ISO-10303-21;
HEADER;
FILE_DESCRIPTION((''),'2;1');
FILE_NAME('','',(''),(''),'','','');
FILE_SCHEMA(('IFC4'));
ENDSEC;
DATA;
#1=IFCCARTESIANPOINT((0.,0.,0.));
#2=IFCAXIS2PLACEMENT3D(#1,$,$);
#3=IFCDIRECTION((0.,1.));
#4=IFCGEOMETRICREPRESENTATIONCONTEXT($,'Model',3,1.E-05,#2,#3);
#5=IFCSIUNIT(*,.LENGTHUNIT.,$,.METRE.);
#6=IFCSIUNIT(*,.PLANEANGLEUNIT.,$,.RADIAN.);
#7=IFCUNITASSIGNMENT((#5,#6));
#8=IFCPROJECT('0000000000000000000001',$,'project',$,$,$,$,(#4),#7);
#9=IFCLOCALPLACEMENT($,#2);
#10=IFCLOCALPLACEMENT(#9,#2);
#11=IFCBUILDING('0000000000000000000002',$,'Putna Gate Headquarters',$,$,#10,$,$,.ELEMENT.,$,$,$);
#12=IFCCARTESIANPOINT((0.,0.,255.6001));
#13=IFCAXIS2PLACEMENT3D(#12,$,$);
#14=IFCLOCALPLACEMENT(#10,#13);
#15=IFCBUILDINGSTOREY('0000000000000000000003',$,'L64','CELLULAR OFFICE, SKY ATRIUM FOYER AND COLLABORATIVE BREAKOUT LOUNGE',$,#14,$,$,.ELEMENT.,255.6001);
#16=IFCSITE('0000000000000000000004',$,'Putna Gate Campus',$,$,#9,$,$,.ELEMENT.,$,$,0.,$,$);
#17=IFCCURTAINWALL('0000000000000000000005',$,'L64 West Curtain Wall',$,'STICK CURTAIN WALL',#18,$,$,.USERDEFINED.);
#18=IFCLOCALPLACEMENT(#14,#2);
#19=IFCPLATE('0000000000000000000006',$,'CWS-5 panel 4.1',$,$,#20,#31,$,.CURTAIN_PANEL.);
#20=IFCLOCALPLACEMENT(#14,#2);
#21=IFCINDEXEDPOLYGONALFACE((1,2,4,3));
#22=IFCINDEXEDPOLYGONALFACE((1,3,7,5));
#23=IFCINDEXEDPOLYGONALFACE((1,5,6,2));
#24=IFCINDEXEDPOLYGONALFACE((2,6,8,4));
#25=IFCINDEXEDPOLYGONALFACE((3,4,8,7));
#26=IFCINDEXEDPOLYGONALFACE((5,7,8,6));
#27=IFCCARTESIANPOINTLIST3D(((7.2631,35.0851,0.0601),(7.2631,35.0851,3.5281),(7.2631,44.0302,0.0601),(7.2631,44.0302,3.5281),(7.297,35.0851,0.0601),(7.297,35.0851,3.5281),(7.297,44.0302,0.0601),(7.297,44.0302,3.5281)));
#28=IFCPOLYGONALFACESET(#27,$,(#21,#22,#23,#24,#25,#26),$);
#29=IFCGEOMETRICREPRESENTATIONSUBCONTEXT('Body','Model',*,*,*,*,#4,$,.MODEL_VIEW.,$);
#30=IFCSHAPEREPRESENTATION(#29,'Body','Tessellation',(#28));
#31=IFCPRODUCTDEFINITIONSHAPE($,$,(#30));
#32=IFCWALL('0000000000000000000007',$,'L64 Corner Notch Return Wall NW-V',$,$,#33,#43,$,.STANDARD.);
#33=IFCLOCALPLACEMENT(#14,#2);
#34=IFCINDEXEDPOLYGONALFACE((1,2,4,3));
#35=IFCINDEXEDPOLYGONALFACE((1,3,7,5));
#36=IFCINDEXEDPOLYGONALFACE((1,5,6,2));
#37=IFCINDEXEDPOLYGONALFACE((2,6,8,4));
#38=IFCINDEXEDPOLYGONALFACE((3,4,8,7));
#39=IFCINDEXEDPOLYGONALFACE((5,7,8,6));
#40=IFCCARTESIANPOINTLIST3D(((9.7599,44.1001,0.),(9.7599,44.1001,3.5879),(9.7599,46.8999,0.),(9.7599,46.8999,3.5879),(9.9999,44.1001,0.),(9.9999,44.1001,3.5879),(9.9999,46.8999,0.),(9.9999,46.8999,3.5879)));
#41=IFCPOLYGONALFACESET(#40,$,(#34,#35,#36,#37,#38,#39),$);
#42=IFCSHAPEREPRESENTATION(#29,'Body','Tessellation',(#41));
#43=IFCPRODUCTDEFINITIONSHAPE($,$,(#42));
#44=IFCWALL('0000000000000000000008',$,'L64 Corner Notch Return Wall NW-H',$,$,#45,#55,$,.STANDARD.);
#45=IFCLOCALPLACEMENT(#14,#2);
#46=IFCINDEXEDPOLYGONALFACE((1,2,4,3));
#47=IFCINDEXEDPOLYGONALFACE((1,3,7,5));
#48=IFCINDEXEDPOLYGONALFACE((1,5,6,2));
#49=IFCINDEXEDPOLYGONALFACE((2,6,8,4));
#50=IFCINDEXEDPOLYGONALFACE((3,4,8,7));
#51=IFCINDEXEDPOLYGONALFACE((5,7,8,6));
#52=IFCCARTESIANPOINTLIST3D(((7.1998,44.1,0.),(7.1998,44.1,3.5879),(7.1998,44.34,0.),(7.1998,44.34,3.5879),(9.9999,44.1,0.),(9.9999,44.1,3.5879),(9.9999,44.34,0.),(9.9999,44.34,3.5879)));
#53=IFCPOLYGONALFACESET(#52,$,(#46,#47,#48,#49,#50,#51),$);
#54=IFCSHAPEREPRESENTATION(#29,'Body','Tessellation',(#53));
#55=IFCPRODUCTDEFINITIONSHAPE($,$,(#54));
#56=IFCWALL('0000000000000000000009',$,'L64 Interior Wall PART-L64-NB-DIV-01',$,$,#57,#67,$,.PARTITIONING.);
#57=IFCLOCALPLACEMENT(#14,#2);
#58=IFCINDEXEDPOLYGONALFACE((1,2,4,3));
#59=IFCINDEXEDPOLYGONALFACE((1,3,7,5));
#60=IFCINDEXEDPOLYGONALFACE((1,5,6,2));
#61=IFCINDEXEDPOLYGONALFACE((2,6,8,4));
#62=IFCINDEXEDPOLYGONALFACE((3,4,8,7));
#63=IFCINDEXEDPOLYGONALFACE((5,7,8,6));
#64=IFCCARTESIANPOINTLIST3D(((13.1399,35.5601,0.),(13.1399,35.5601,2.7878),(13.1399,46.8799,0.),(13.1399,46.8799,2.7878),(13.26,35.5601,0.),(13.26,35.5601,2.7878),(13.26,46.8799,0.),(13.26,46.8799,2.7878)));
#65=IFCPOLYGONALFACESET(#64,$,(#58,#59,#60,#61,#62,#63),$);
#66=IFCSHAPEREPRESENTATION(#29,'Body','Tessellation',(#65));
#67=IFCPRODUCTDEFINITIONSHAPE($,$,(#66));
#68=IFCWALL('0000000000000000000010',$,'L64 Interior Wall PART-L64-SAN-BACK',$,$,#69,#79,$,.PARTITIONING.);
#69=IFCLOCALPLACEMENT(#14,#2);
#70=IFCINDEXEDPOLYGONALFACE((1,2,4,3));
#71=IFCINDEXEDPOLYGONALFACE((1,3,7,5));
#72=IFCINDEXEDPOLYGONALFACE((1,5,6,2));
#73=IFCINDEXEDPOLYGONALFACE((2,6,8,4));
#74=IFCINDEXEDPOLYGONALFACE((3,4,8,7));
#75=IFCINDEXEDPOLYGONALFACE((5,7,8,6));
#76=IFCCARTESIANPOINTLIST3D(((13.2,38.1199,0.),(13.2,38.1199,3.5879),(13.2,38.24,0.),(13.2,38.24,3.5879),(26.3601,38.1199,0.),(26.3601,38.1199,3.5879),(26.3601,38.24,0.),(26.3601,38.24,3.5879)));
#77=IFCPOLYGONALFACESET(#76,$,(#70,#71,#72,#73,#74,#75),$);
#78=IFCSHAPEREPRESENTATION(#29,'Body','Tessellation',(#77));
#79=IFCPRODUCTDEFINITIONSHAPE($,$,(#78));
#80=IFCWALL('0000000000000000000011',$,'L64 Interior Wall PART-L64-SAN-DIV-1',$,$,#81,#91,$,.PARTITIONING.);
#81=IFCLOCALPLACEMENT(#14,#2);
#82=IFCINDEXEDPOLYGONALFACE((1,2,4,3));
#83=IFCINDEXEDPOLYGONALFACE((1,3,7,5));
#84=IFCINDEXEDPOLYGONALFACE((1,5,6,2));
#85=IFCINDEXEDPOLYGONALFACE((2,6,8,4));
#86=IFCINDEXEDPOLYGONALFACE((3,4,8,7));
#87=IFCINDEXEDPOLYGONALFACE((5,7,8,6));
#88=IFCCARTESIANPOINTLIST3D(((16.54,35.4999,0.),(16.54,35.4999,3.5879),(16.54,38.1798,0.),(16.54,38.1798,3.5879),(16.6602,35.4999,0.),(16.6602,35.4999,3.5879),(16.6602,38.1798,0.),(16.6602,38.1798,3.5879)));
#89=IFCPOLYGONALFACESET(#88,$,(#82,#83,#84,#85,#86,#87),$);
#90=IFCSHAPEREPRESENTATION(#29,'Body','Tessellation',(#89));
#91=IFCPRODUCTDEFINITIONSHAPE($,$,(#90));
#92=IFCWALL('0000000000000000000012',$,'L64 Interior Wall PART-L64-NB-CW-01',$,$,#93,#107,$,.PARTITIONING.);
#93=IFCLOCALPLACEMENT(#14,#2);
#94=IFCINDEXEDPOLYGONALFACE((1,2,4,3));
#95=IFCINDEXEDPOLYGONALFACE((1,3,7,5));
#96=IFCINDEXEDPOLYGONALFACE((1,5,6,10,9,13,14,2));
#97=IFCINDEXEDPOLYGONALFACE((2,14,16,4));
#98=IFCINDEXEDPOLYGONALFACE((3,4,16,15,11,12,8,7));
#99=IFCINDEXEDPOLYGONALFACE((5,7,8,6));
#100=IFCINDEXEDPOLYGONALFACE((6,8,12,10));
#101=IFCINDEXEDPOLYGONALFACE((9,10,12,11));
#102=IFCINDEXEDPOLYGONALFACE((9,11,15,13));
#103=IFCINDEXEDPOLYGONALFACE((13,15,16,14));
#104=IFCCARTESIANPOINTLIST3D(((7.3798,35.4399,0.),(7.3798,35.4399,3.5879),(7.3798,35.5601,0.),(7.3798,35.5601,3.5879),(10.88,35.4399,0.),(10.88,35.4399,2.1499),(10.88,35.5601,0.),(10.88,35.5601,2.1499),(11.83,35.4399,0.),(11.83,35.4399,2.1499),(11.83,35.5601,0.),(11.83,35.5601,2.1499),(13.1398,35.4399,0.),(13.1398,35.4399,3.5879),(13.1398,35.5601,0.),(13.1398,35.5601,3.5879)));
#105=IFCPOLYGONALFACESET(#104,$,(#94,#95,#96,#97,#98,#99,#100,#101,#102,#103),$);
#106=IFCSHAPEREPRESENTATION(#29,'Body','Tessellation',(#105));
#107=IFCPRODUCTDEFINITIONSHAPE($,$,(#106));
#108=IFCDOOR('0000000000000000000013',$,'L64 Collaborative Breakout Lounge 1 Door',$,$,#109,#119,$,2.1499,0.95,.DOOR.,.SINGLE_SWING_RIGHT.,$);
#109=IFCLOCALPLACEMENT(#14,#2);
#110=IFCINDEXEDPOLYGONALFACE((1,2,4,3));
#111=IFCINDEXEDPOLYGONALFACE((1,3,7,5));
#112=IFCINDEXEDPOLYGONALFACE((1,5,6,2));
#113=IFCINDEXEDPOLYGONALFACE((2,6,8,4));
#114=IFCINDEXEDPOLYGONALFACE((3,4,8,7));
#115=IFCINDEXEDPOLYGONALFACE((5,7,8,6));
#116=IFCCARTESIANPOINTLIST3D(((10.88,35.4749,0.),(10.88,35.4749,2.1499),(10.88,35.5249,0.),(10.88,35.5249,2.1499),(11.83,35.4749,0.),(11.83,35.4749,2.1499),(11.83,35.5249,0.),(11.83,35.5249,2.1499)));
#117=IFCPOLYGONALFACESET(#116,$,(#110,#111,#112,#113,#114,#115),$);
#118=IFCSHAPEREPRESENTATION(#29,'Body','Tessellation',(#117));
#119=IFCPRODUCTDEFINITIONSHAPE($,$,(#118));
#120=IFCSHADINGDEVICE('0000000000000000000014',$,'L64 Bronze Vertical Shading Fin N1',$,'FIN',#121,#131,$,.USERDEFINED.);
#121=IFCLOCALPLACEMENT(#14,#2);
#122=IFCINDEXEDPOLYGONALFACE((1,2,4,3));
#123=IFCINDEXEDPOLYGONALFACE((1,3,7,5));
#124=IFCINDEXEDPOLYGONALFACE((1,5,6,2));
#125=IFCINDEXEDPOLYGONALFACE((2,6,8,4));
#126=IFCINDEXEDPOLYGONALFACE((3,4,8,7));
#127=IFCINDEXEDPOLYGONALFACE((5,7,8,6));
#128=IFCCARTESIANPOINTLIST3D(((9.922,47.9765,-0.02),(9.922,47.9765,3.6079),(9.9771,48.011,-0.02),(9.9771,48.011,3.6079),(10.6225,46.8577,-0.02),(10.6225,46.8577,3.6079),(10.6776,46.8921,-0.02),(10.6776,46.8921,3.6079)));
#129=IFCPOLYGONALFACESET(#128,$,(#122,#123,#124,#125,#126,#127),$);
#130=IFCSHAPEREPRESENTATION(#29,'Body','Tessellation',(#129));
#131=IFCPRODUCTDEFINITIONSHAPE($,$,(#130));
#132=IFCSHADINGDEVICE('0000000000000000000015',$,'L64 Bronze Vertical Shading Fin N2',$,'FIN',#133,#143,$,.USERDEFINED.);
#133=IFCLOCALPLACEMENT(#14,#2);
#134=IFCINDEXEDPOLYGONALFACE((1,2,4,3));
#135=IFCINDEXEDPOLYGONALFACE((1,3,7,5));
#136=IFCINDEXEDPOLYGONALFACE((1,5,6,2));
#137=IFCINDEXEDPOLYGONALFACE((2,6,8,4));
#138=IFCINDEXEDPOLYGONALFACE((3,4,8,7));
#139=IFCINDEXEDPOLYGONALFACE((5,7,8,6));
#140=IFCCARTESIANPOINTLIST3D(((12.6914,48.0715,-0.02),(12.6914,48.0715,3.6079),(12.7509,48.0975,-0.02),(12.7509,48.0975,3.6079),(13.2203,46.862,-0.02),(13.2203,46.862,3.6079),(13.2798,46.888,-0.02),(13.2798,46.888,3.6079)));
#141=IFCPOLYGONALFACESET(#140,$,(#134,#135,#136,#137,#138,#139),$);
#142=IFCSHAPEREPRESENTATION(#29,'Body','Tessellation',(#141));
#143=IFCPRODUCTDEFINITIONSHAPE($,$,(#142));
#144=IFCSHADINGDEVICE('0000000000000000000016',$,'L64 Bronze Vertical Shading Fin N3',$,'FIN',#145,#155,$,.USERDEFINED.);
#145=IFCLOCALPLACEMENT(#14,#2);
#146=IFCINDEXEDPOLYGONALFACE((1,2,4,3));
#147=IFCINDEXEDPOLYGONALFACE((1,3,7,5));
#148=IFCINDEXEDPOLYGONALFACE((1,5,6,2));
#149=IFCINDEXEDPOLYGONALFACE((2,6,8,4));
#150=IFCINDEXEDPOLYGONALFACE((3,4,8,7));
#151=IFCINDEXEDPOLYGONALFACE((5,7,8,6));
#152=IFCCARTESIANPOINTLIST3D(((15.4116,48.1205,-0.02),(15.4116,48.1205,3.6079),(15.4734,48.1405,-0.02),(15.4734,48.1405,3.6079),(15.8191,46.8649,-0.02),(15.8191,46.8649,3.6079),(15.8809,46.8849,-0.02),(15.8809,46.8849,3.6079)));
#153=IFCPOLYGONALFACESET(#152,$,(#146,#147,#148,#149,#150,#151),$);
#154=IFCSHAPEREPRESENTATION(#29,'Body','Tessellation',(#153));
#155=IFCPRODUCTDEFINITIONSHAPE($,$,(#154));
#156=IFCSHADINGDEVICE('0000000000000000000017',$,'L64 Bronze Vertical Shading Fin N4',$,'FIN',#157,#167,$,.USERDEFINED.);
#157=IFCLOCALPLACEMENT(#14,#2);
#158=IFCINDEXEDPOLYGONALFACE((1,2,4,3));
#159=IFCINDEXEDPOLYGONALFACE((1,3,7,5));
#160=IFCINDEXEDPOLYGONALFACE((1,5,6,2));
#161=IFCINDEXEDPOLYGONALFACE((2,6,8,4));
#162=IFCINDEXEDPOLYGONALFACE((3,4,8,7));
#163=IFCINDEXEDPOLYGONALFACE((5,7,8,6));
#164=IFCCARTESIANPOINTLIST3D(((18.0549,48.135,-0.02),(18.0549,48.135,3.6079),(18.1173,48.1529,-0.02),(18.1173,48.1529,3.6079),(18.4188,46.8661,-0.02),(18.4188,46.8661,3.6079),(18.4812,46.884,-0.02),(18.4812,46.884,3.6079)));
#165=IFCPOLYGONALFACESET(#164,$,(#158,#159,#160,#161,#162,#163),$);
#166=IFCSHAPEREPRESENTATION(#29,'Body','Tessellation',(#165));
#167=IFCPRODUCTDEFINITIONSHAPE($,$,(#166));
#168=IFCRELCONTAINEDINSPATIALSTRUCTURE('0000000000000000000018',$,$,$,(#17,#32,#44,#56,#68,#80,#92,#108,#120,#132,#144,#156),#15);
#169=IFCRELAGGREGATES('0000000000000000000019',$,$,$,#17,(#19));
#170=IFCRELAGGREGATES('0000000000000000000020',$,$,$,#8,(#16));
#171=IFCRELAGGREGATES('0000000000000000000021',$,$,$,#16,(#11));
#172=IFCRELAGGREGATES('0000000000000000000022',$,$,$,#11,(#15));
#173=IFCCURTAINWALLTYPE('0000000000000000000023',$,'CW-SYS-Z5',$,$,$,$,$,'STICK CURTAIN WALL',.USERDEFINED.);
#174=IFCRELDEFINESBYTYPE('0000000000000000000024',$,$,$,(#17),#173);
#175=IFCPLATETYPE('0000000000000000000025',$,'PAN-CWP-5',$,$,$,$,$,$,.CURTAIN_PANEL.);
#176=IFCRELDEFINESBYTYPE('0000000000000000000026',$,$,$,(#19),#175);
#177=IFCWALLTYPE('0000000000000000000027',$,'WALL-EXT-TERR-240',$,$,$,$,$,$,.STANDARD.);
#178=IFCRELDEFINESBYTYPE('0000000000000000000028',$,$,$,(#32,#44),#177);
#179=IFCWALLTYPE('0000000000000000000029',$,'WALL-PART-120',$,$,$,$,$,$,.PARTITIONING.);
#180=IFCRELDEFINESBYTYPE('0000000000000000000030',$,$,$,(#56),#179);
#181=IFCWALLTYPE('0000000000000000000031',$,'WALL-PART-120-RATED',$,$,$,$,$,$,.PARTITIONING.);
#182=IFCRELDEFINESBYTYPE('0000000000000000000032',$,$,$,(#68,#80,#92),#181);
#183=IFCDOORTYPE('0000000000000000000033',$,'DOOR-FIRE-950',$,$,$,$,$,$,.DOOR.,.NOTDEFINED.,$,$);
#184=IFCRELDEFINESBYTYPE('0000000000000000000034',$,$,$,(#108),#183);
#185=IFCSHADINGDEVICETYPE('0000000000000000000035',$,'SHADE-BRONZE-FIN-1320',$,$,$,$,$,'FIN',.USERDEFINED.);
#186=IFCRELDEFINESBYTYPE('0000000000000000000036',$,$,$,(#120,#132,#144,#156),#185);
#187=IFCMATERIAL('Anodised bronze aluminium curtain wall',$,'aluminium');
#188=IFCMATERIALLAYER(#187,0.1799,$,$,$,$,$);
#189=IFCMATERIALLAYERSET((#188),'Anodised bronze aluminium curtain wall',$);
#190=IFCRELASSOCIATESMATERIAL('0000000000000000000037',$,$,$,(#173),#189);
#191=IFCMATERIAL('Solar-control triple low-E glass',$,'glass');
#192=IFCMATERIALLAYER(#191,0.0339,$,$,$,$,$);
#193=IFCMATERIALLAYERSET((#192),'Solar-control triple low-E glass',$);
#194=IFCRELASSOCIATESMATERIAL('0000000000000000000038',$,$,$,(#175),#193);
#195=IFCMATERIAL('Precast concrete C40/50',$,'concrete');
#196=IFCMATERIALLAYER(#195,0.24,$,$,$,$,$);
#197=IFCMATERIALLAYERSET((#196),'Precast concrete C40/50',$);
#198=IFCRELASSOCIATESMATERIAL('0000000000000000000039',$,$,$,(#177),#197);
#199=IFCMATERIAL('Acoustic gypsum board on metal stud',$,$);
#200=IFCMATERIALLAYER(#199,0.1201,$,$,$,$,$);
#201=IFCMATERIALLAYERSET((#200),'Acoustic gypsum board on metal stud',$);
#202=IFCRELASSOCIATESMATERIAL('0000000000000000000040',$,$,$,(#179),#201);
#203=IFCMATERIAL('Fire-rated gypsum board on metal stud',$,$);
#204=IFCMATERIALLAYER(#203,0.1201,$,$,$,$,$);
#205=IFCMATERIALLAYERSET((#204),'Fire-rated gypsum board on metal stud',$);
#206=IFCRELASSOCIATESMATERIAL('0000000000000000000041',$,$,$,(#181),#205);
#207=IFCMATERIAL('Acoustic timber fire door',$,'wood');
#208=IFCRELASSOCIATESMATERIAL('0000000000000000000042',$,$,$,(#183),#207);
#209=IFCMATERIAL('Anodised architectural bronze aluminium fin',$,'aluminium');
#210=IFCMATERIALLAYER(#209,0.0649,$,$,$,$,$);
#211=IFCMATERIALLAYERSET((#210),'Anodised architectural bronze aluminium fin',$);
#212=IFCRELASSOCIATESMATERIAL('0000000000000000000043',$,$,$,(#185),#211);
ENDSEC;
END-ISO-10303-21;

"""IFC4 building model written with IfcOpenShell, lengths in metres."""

from ifc_helpers import new_model, si_unit, direction, frame, frame_2d, origin, origin_2d, place, context, subcontext, project, spatial, rectangle, extrude, material, layer, layer_set, type_object, element, fill, aggregate, save


model = new_model("IFC4")

# Units and contexts
model_context = context("Model", 3, precision=1e-05, world=origin(), true_north=direction((0.0, 1.0)))
body_context = subcontext(model_context, "Body", "Model", "MODEL_VIEW")
ifc_project = project(units=[si_unit("LENGTHUNIT", "METRE"), si_unit("PLANEANGLEUNIT", "RADIAN")], contexts=[model_context])

# Site, building, storey
site_placement = place(None, origin())
site = spatial("IfcSite", under=ifc_project, at=site_placement, Name="Putna Gate Campus", CompositionType="ELEMENT", RefElevation=0.0)
building_placement = place(site_placement, origin())
building = spatial("IfcBuilding", under=site, at=building_placement, Name="Putna Gate Headquarters", CompositionType="ELEMENT")
storey_placement = place(building_placement, frame((0.0, 0.0, 255.6001)))
storey = spatial("IfcBuildingStorey", under=building, at=storey_placement, Name="L64", Description="CELLULAR OFFICE, SKY ATRIUM FOYER AND COLLABORATIVE BREAKOUT LOUNGE", CompositionType="ELEMENT", Elevation=255.6001)

# Shared definitions
ifc_material_1 = material(Name="Anodised bronze aluminium curtain wall", Category="aluminium")
ifc_layer_1 = layer(ifc_material_1, 0.1799)
ifc_layer_set_1 = layer_set([ifc_layer_1], Name="Anodised bronze aluminium curtain wall")
curtain_wall_type = type_object("IfcCurtainWallType", Name="CW-SYS-Z5", ElementType="STICK CURTAIN WALL", PredefinedType="USERDEFINED", material=ifc_layer_set_1)

# Curtain wall
curtain_wall_1_placement = place(storey_placement, origin())
curtain_wall_1 = element("IfcCurtainWall", 1, at=curtain_wall_1_placement, inside=storey, type_object=curtain_wall_type, Name="L64 West Curtain Wall", ObjectType="STICK CURTAIN WALL", PredefinedType="USERDEFINED")

# Plate
ifc_material_2 = material(Name="Solar-control triple low-E glass", Category="glass")
ifc_layer_2 = layer(ifc_material_2, 0.0339)
ifc_layer_set_2 = layer_set([ifc_layer_2], Name="Solar-control triple low-E glass")
plate_type = type_object("IfcPlateType", Name="PAN-CWP-5", PredefinedType="CURTAIN_PANEL", material=ifc_layer_set_2)
plate_1_placement = place(storey_placement, frame((7.28, 39.5576, 0.0601), z_axis=(0.0, 0.0, 1.0), x_axis=(0.0, 1.0, 0.0)))
plate_1 = element("IfcPlate", 2, at=plate_1_placement, type_object=plate_type, Name="CWS-5 panel 4.1", PredefinedType="CURTAIN_PANEL", context=body_context, shape_type="SweptSolid", body=[
    extrude(rectangle(XDim=8.9451, YDim=0.0339, at=origin_2d()), origin(), (0.0, 0.0, 1.0), 3.468),
])
aggregate(curtain_wall_1, [plate_1])

# Walls
ifc_material_3 = material(Name="Precast concrete C40/50", Category="concrete")
ifc_layer_3 = layer(ifc_material_3, 0.24)
ifc_layer_set_3 = layer_set([ifc_layer_3], Name="Precast concrete C40/50")
wall_type_1 = type_object("IfcWallType", Name="WALL-EXT-TERR-240", PredefinedType="STANDARD", material=ifc_layer_set_3)
wall_1_placement = place(storey_placement, frame((9.8799, 44.1001, 0.0), z_axis=(0.0, 0.0, 1.0), x_axis=(0.0, 1.0, 0.0)))
element("IfcWall", 3, at=wall_1_placement, inside=storey, type_object=wall_type_1, Name="L64 Corner Notch Return Wall NW-V", PredefinedType="STANDARD", context=body_context, shape_type="SweptSolid", body=[
    extrude(rectangle(XDim=2.7998, YDim=0.24, at=frame_2d((1.3999, 0.0))), origin(), (0.0, 0.0, 1.0), 3.5879),
])
wall_2_placement = place(storey_placement, frame((7.2, 44.22, 0.0), z_axis=(0.0, 0.0, 1.0), x_axis=(1.0, 0.0, 0.0)))
element("IfcWall", 4, at=wall_2_placement, inside=storey, type_object=wall_type_1, Name="L64 Corner Notch Return Wall NW-H", PredefinedType="STANDARD", context=body_context, shape_type="SweptSolid", body=[
    extrude(rectangle(XDim=2.8, YDim=0.24, at=frame_2d((1.3999, 0.0))), origin(), (0.0, 0.0, 1.0), 3.5879),
])
ifc_material_4 = material(Name="Acoustic gypsum board on metal stud")
ifc_layer_4 = layer(ifc_material_4, 0.1201)
ifc_layer_set_4 = layer_set([ifc_layer_4], Name="Acoustic gypsum board on metal stud")
wall_type_2 = type_object("IfcWallType", Name="WALL-PART-120", PredefinedType="PARTITIONING", material=ifc_layer_set_4)
wall_3_placement = place(storey_placement, frame((13.2, 35.5601, 0.0), z_axis=(0.0, 0.0, 1.0), x_axis=(0.0, 1.0, 0.0)))
element("IfcWall", 5, at=wall_3_placement, inside=storey, type_object=wall_type_2, Name="L64 Interior Wall PART-L64-NB-DIV-01", PredefinedType="PARTITIONING", context=body_context, shape_type="SweptSolid", body=[
    extrude(rectangle(XDim=11.3198, YDim=0.1201, at=frame_2d((5.6599, 0.0))), origin(), (0.0, 0.0, 1.0), 2.7878),
])

# Shared definitions
ifc_material_5 = material(Name="Fire-rated gypsum board on metal stud")
ifc_layer_5 = layer(ifc_material_5, 0.1201)
ifc_layer_set_5 = layer_set([ifc_layer_5], Name="Fire-rated gypsum board on metal stud")
wall_type_3 = type_object("IfcWallType", Name="WALL-PART-120-RATED", PredefinedType="PARTITIONING", material=ifc_layer_set_5)
ifc_material_6 = material(Name="Acoustic timber fire door", Category="wood")
door_type_1 = type_object("IfcDoorType", Name="DOOR-FIRE-950", OperationType="NOTDEFINED", PredefinedType="DOOR", material=ifc_material_6)

# Walls
wall_4_placement = place(storey_placement, frame((13.2, 38.1799, 0.0), z_axis=(0.0, 0.0, 1.0), x_axis=(1.0, 0.0, 0.0)))
element("IfcWall", 6, at=wall_4_placement, inside=storey, type_object=wall_type_3, Name="L64 Interior Wall PART-L64-SAN-BACK", PredefinedType="PARTITIONING", context=body_context, shape_type="SweptSolid", body=[
    extrude(rectangle(XDim=13.1602, YDim=0.1201, at=frame_2d((6.5801, 0.0))), origin(), (0.0, 0.0, 1.0), 3.5879),
])
wall_5_placement = place(storey_placement, frame((16.6001, 35.5, 0.0), z_axis=(0.0, 0.0, 1.0), x_axis=(0.0, 1.0, 0.0)))
element("IfcWall", 7, at=wall_5_placement, inside=storey, type_object=wall_type_3, Name="L64 Interior Wall PART-L64-SAN-DIV-1", PredefinedType="PARTITIONING", context=body_context, shape_type="SweptSolid", body=[
    extrude(rectangle(XDim=2.6799, YDim=0.1201, at=frame_2d((1.3398, 0.0))), origin(), (0.0, 0.0, 1.0), 3.5879),
])

# Wall, opening, door
wall_6_placement = place(storey_placement, frame((7.3799, 35.5, 0.0), z_axis=(0.0, 0.0, 1.0), x_axis=(1.0, 0.0, 0.0)))
wall_6 = element("IfcWall", 8, at=wall_6_placement, inside=storey, type_object=wall_type_3, Name="L64 Interior Wall PART-L64-NB-CW-01", PredefinedType="PARTITIONING", context=body_context, shape_type="SweptSolid", body=[
    extrude(rectangle(XDim=5.76, YDim=0.1201, at=frame_2d((2.8799, 0.0))), origin(), (0.0, 0.0, 1.0), 3.5879),
])
opening_1_placement = place(wall_6_placement, frame((3.5, 0.0, 0.0)))
opening_1 = element("IfcOpeningElement", 9, at=opening_1_placement, cuts=wall_6, PredefinedType="OPENING", context=body_context, shape_type="SweptSolid", body=[
    extrude(rectangle(XDim=0.95, YDim=2.1499, at=frame_2d((0.4751, 1.075))), frame((0.0, 0.0701, 0.0), z_axis=(0.0, -1.0, 0.0), x_axis=(1.0, 0.0, 0.0)), (0.0, 0.0, 1.0), 0.1401),
])
door_1_placement = place(opening_1_placement, origin())
door_1 = element("IfcDoor", 10, at=door_1_placement, inside=storey, type_object=door_type_1, Name="L64 Collaborative Breakout Lounge 1 Door", OperationType="SINGLE_SWING_RIGHT", OverallHeight=2.1499, OverallWidth=0.95, PredefinedType="DOOR", context=body_context, shape_type="SweptSolid", body=[
    extrude(rectangle(XDim=0.95, YDim=2.1499, at=frame_2d((0.4751, 1.075))), frame((0.0, 0.0249, 0.0), z_axis=(0.0, -1.0, 0.0), x_axis=(1.0, 0.0, 0.0)), (0.0, 0.0, 1.0), 0.05),
])
fill(opening_1, door_1)

# Shading devices
ifc_material_7 = material(Name="Anodised architectural bronze aluminium fin", Category="aluminium")
ifc_layer_6 = layer(ifc_material_7, 0.0649)
ifc_layer_set_6 = layer_set([ifc_layer_6], Name="Anodised architectural bronze aluminium fin")
shading_device_type = type_object("IfcShadingDeviceType", Name="SHADE-BRONZE-FIN-1320", ElementType="FIN", PredefinedType="USERDEFINED", material=ifc_layer_set_6)
for number, where, z_axis, x_axis, name in (
    (11, (10.2998, 47.4343, -0.02), (0.0, 0.0, 1.0), (-0.530659, 0.847585, 0.0), "L64 Bronze Vertical Shading Fin N1"),
    (12, (12.9856, 47.4797, -0.02), (0.0, 0.0, 1.0), (-0.400669, 0.916223, 0.0), "L64 Bronze Vertical Shading Fin N2"),
    (13, (15.6462, 47.5027, -0.02), (0.0, 0.0, 1.0), (-0.308685, 0.951164, 0.0), "L64 Bronze Vertical Shading Fin N3"),
    (14, (18.2681, 47.5095, -0.02), (0.0, 0.0, 1.0), (-0.275637, 0.961262, 0.0), "L64 Bronze Vertical Shading Fin N4"),
):
    element("IfcShadingDevice", number, at=place(storey_placement, frame(where, z_axis=z_axis, x_axis=x_axis)), inside=storey, type_object=shading_device_type, Name=name, ObjectType="FIN", PredefinedType="USERDEFINED", context=body_context, shape_type="SweptSolid", body=[
        extrude(rectangle(XDim=1.3201, YDim=0.0649, at=origin_2d()), origin(), (0.0, 0.0, 1.0), 3.6279),
    ])

save(model, "model.ifc")
